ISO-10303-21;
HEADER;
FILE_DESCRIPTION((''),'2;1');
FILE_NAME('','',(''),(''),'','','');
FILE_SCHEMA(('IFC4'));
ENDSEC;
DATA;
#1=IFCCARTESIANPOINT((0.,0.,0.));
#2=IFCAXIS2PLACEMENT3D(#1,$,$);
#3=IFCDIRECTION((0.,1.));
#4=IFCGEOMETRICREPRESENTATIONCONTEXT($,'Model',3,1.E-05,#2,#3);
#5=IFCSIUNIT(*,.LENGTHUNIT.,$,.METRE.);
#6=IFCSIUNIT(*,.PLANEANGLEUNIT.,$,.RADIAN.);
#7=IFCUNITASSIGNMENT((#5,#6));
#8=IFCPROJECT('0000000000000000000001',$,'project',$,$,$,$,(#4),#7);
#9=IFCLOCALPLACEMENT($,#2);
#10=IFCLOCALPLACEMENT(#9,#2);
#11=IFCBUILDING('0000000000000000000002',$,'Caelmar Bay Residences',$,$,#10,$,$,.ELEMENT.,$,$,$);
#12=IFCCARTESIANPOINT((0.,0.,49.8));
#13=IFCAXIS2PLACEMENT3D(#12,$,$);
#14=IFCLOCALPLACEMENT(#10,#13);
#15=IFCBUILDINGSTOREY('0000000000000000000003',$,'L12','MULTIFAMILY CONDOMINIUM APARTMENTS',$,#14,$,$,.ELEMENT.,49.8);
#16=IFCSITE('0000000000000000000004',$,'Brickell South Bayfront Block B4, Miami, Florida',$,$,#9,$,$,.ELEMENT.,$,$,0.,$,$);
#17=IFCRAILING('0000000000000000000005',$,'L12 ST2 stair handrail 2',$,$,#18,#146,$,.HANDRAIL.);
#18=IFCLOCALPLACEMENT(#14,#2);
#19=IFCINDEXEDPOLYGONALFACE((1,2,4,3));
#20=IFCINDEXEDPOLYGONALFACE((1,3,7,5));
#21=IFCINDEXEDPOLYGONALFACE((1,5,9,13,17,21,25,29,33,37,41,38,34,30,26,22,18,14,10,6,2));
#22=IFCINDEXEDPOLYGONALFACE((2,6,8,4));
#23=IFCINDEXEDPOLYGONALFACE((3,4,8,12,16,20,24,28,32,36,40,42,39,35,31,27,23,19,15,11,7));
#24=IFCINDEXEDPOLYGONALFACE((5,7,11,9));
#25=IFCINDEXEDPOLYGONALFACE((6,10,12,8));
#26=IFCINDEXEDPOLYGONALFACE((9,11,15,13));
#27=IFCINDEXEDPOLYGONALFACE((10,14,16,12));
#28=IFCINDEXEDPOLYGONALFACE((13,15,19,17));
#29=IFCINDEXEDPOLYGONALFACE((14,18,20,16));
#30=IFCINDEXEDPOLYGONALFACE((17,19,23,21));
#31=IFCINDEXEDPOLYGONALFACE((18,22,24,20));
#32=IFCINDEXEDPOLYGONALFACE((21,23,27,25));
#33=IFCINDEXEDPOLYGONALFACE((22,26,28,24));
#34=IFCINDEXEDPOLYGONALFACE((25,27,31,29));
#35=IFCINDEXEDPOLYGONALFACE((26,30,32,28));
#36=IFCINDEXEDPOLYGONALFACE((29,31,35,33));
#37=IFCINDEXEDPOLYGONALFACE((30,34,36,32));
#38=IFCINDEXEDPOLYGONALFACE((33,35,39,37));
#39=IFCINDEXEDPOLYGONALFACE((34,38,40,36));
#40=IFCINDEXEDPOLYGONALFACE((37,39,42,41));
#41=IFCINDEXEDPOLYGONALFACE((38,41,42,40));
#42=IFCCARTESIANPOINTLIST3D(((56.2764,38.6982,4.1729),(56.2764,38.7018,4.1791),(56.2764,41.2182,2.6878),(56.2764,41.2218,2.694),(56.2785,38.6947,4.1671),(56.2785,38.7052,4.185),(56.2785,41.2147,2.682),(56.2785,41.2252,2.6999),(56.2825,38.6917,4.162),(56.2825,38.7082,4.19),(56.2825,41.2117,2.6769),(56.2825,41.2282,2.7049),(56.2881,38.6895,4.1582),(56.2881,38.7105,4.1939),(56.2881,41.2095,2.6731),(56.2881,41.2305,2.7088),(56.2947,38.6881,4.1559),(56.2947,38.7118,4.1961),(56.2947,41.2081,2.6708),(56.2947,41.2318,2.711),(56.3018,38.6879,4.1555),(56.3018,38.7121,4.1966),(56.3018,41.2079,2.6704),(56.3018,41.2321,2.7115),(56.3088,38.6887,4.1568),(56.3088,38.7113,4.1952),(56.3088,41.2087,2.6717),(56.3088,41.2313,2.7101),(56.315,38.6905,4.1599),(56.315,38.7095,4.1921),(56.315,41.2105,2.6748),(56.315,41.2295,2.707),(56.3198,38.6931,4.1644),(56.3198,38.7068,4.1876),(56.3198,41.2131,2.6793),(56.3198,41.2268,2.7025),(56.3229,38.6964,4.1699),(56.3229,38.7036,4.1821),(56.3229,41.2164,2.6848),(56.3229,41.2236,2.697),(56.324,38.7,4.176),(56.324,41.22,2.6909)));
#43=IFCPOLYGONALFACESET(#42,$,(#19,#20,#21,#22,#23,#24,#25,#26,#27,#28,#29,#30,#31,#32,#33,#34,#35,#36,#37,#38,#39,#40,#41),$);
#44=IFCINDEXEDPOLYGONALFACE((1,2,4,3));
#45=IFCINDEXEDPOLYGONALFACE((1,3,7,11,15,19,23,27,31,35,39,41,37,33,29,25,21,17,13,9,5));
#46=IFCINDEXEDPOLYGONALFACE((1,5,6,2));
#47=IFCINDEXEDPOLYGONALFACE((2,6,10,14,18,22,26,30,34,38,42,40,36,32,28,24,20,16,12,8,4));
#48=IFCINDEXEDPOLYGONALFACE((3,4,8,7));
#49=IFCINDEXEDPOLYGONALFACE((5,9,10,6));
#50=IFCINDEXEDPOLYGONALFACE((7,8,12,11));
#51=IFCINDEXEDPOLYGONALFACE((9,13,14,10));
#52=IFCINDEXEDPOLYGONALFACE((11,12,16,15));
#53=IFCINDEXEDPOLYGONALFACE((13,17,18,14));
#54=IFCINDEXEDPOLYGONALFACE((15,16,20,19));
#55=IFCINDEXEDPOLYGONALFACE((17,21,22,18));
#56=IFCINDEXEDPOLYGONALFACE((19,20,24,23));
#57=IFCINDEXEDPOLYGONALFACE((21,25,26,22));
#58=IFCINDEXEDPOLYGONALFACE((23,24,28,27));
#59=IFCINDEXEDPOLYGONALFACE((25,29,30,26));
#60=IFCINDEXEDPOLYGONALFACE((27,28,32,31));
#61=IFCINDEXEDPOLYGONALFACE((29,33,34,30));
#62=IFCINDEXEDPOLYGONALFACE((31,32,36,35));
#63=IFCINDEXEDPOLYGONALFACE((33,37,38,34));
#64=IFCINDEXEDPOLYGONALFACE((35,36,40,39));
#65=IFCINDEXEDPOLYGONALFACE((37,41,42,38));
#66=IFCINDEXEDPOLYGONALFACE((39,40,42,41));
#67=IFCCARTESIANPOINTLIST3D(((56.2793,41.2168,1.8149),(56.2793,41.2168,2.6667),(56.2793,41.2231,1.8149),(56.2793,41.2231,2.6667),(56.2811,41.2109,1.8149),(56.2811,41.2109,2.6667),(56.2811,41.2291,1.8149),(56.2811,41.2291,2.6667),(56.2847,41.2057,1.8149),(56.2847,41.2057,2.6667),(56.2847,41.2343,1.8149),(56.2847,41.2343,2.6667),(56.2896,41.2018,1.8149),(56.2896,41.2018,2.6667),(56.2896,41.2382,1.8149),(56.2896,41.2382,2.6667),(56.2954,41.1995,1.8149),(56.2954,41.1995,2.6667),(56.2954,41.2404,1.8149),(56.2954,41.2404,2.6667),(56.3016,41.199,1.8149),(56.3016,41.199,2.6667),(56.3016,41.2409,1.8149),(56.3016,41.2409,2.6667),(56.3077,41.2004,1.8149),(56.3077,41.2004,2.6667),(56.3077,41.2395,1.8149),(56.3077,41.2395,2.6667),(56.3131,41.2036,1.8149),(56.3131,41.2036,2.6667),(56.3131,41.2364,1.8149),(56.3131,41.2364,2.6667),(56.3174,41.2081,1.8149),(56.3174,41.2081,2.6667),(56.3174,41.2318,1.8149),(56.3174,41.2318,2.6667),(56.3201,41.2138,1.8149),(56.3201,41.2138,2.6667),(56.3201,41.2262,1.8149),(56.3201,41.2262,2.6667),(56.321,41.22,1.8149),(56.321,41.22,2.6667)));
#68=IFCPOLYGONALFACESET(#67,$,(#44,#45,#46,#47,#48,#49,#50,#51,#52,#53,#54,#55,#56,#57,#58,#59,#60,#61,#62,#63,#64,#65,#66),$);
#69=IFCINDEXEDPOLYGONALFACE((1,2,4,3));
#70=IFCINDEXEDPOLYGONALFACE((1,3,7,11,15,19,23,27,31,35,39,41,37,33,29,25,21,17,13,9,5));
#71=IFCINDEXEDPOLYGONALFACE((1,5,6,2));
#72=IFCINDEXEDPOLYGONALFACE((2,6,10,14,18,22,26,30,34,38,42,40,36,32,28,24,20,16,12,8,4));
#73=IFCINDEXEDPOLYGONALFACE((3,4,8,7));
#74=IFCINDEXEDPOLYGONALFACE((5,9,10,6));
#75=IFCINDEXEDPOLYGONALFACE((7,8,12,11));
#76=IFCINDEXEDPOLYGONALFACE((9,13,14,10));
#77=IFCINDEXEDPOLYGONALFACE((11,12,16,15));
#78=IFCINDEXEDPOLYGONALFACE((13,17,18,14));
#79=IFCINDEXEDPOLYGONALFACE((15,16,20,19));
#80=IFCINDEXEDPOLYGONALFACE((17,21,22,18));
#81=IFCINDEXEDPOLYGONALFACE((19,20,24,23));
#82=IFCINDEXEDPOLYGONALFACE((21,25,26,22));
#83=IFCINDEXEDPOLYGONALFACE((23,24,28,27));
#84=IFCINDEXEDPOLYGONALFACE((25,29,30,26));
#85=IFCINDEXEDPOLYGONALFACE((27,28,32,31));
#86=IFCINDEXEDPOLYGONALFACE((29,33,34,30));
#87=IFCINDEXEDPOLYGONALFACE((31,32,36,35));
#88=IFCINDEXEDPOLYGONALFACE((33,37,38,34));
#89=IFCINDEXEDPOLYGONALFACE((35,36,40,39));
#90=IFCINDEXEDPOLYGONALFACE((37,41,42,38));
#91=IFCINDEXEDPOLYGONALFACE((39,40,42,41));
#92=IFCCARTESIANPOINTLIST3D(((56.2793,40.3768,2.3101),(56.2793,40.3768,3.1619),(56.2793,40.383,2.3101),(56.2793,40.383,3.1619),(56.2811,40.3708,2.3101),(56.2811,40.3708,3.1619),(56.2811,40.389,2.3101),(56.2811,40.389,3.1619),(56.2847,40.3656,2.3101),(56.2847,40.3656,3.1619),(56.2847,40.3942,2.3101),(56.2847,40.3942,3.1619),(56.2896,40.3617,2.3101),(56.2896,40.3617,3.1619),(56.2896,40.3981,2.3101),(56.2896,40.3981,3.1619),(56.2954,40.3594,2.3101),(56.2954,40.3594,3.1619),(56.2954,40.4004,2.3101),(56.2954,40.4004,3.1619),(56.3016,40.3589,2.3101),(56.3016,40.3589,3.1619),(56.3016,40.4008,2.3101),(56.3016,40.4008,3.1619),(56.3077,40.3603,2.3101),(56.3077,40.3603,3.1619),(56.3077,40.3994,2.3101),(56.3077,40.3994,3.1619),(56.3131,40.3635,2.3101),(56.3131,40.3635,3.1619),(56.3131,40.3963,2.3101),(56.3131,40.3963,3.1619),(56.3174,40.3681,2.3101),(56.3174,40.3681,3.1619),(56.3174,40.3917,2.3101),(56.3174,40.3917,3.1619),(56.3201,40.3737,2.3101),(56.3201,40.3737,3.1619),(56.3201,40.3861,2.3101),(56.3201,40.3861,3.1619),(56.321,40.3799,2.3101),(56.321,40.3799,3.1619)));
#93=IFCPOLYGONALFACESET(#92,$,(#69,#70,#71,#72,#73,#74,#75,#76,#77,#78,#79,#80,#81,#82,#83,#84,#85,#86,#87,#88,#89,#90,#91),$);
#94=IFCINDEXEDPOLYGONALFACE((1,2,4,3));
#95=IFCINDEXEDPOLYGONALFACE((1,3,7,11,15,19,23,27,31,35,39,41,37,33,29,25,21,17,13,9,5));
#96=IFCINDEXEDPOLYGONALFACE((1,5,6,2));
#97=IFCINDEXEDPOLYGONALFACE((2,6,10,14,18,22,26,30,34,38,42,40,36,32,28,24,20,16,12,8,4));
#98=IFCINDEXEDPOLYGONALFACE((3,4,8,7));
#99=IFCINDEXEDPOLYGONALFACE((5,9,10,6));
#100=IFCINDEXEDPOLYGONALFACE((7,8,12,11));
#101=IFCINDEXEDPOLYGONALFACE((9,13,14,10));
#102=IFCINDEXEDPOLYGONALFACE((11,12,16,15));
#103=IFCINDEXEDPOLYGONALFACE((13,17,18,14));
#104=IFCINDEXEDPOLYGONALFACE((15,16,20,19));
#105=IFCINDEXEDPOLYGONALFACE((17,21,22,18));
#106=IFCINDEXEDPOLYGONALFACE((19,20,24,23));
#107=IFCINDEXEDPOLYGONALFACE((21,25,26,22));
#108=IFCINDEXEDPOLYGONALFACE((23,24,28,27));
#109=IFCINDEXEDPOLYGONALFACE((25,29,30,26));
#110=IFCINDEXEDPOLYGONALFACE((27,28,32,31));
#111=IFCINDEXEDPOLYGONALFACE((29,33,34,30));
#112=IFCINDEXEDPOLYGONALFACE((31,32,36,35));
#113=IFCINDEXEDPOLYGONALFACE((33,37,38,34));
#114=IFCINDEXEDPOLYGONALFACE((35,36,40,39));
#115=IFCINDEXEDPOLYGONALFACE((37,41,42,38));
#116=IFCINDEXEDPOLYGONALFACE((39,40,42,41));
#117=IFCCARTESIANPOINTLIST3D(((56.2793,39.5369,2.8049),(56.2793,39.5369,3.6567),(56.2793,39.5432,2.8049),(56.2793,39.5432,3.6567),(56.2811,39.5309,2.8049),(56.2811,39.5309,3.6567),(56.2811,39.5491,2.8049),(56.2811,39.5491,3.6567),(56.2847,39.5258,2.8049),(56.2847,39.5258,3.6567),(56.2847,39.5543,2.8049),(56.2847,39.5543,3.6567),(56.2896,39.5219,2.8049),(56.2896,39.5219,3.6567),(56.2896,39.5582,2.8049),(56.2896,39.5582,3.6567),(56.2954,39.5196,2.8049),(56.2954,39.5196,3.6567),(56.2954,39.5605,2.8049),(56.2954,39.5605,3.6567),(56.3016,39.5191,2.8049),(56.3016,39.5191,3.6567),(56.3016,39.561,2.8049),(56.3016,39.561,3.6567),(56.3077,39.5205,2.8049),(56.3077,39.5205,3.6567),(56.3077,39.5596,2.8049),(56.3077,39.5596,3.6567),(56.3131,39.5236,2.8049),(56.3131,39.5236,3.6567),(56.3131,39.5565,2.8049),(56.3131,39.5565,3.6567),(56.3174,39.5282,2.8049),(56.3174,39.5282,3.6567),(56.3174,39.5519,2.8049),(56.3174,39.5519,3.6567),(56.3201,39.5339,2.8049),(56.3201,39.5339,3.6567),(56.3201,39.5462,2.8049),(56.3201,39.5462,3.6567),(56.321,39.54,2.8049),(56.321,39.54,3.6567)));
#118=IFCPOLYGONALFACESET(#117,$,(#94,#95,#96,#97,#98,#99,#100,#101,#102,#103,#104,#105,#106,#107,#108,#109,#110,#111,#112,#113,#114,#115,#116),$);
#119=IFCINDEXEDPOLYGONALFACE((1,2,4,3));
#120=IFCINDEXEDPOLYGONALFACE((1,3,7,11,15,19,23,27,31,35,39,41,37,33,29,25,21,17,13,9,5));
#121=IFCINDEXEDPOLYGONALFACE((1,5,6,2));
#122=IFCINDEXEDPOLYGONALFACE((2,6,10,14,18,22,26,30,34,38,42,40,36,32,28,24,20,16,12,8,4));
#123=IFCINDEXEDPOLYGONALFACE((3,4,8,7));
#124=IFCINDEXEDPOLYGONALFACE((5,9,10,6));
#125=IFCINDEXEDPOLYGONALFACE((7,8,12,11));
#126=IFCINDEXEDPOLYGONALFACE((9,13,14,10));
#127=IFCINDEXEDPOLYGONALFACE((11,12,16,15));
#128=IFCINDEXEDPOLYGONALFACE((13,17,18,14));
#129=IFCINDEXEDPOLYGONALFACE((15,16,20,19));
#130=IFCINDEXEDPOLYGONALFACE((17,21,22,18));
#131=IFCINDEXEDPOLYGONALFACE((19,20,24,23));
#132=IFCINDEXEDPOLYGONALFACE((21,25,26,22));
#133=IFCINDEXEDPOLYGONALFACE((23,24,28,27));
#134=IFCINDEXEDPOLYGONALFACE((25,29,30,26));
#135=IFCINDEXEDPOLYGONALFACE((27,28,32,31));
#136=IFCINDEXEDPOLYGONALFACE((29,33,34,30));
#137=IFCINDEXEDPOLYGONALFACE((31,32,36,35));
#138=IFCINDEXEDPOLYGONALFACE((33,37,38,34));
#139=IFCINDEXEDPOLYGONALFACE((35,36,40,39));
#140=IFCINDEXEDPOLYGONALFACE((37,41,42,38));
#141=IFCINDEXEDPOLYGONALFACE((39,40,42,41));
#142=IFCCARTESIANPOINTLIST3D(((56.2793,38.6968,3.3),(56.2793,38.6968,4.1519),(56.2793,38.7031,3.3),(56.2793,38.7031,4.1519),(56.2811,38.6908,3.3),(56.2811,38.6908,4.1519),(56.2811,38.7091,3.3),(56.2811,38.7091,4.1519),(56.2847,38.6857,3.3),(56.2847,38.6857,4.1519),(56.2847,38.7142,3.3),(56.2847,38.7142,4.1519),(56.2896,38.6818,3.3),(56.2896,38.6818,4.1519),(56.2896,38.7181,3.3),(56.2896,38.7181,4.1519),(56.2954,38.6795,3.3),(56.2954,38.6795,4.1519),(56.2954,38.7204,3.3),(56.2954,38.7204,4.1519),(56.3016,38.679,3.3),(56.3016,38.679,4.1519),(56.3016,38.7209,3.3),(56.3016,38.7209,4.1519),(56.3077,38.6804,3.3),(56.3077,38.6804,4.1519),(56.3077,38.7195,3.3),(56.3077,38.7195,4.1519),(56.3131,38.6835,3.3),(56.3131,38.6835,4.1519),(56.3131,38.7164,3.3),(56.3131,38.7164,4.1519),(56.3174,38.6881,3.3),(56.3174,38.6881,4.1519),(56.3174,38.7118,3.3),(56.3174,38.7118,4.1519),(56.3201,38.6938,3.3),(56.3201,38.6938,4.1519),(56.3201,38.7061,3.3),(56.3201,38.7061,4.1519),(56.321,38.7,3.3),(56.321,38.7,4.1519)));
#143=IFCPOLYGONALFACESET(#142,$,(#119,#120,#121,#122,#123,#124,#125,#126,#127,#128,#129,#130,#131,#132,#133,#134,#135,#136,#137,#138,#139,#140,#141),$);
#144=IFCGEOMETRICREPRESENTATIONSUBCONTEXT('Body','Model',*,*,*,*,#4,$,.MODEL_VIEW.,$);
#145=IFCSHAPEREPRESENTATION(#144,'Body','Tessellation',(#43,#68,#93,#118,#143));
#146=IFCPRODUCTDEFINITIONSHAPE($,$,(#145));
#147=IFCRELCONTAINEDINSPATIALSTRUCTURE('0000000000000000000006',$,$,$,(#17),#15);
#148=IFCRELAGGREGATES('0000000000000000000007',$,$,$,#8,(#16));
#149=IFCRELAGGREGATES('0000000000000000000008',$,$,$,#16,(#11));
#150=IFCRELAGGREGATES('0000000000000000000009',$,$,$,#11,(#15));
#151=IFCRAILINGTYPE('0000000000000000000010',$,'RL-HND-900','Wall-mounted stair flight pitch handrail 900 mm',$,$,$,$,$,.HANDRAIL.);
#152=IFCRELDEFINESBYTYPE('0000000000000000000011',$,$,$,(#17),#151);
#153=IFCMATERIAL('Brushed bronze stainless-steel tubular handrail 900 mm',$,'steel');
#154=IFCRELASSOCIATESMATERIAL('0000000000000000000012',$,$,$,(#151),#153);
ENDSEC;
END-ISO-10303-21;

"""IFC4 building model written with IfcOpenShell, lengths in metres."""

from ifc_helpers import new_model, si_unit, direction, frame, origin, origin_2d, place, context, subcontext, project, spatial, circle, extrude, material, type_object, element, save


model = new_model("IFC4")

# Units and contexts
model_context = context("Model", 3, precision=1e-05, world=origin(), true_north=direction((0.0, 1.0)))
body_context = subcontext(model_context, "Body", "Model", "MODEL_VIEW")
ifc_project = project(units=[si_unit("LENGTHUNIT", "METRE"), si_unit("PLANEANGLEUNIT", "RADIAN")], contexts=[model_context])

# Site, building, storey
site_placement = place(None, origin())
site = spatial("IfcSite", under=ifc_project, at=site_placement, Name="Brickell South Bayfront Block B4, Miami, Florida", CompositionType="ELEMENT", RefElevation=0.0)
building_placement = place(site_placement, origin())
building = spatial("IfcBuilding", under=site, at=building_placement, Name="Caelmar Bay Residences", CompositionType="ELEMENT")
storey_placement = place(building_placement, frame((0.0, 0.0, 49.8)))
storey = spatial("IfcBuildingStorey", under=building, at=storey_placement, Name="L12", Description="MULTIFAMILY CONDOMINIUM APARTMENTS", CompositionType="ELEMENT", Elevation=49.8)

# Railing
ifc_material_1 = material(Name="Brushed bronze stainless-steel tubular handrail 900 mm", Category="steel")
railing_type_1 = type_object("IfcRailingType", Name="RL-HND-900", Description="Wall-mounted stair flight pitch handrail 900 mm", PredefinedType="HANDRAIL", material=ifc_material_1)
railing_1_placement = place(storey_placement, frame((56.3, 41.22, 1.8149)))
element("IfcRailing", 1, at=railing_1_placement, inside=storey, type_object=railing_type_1, Name="L12 ST2 stair handrail 2", PredefinedType="HANDRAIL", context=body_context, shape_type="SweptSolid", body=[
    extrude(circle(Radius=0.0239, at=origin_2d()), frame((0.0, 0.0, 0.876), z_axis=(0.0, -0.861524, 0.507717), x_axis=(1.0, 0.0, 0.0)), (0.0, 0.0, 1.0), 2.925),
    extrude(circle(Radius=0.021, at=origin_2d()), origin(), (0.0, 0.0, 1.0), 0.8518),
    extrude(circle(Radius=0.021, at=origin_2d()), frame((0.0, -0.8401, 0.4951)), (0.0, 0.0, 1.0), 0.8518),
    extrude(circle(Radius=0.021, at=origin_2d()), frame((0.0, -1.6799, 0.99)), (0.0, 0.0, 1.0), 0.8518),
    extrude(circle(Radius=0.021, at=origin_2d()), frame((0.0, -2.52, 1.4851)), (0.0, 0.0, 1.0), 0.8518),
])

save(model, "model.ifc")
